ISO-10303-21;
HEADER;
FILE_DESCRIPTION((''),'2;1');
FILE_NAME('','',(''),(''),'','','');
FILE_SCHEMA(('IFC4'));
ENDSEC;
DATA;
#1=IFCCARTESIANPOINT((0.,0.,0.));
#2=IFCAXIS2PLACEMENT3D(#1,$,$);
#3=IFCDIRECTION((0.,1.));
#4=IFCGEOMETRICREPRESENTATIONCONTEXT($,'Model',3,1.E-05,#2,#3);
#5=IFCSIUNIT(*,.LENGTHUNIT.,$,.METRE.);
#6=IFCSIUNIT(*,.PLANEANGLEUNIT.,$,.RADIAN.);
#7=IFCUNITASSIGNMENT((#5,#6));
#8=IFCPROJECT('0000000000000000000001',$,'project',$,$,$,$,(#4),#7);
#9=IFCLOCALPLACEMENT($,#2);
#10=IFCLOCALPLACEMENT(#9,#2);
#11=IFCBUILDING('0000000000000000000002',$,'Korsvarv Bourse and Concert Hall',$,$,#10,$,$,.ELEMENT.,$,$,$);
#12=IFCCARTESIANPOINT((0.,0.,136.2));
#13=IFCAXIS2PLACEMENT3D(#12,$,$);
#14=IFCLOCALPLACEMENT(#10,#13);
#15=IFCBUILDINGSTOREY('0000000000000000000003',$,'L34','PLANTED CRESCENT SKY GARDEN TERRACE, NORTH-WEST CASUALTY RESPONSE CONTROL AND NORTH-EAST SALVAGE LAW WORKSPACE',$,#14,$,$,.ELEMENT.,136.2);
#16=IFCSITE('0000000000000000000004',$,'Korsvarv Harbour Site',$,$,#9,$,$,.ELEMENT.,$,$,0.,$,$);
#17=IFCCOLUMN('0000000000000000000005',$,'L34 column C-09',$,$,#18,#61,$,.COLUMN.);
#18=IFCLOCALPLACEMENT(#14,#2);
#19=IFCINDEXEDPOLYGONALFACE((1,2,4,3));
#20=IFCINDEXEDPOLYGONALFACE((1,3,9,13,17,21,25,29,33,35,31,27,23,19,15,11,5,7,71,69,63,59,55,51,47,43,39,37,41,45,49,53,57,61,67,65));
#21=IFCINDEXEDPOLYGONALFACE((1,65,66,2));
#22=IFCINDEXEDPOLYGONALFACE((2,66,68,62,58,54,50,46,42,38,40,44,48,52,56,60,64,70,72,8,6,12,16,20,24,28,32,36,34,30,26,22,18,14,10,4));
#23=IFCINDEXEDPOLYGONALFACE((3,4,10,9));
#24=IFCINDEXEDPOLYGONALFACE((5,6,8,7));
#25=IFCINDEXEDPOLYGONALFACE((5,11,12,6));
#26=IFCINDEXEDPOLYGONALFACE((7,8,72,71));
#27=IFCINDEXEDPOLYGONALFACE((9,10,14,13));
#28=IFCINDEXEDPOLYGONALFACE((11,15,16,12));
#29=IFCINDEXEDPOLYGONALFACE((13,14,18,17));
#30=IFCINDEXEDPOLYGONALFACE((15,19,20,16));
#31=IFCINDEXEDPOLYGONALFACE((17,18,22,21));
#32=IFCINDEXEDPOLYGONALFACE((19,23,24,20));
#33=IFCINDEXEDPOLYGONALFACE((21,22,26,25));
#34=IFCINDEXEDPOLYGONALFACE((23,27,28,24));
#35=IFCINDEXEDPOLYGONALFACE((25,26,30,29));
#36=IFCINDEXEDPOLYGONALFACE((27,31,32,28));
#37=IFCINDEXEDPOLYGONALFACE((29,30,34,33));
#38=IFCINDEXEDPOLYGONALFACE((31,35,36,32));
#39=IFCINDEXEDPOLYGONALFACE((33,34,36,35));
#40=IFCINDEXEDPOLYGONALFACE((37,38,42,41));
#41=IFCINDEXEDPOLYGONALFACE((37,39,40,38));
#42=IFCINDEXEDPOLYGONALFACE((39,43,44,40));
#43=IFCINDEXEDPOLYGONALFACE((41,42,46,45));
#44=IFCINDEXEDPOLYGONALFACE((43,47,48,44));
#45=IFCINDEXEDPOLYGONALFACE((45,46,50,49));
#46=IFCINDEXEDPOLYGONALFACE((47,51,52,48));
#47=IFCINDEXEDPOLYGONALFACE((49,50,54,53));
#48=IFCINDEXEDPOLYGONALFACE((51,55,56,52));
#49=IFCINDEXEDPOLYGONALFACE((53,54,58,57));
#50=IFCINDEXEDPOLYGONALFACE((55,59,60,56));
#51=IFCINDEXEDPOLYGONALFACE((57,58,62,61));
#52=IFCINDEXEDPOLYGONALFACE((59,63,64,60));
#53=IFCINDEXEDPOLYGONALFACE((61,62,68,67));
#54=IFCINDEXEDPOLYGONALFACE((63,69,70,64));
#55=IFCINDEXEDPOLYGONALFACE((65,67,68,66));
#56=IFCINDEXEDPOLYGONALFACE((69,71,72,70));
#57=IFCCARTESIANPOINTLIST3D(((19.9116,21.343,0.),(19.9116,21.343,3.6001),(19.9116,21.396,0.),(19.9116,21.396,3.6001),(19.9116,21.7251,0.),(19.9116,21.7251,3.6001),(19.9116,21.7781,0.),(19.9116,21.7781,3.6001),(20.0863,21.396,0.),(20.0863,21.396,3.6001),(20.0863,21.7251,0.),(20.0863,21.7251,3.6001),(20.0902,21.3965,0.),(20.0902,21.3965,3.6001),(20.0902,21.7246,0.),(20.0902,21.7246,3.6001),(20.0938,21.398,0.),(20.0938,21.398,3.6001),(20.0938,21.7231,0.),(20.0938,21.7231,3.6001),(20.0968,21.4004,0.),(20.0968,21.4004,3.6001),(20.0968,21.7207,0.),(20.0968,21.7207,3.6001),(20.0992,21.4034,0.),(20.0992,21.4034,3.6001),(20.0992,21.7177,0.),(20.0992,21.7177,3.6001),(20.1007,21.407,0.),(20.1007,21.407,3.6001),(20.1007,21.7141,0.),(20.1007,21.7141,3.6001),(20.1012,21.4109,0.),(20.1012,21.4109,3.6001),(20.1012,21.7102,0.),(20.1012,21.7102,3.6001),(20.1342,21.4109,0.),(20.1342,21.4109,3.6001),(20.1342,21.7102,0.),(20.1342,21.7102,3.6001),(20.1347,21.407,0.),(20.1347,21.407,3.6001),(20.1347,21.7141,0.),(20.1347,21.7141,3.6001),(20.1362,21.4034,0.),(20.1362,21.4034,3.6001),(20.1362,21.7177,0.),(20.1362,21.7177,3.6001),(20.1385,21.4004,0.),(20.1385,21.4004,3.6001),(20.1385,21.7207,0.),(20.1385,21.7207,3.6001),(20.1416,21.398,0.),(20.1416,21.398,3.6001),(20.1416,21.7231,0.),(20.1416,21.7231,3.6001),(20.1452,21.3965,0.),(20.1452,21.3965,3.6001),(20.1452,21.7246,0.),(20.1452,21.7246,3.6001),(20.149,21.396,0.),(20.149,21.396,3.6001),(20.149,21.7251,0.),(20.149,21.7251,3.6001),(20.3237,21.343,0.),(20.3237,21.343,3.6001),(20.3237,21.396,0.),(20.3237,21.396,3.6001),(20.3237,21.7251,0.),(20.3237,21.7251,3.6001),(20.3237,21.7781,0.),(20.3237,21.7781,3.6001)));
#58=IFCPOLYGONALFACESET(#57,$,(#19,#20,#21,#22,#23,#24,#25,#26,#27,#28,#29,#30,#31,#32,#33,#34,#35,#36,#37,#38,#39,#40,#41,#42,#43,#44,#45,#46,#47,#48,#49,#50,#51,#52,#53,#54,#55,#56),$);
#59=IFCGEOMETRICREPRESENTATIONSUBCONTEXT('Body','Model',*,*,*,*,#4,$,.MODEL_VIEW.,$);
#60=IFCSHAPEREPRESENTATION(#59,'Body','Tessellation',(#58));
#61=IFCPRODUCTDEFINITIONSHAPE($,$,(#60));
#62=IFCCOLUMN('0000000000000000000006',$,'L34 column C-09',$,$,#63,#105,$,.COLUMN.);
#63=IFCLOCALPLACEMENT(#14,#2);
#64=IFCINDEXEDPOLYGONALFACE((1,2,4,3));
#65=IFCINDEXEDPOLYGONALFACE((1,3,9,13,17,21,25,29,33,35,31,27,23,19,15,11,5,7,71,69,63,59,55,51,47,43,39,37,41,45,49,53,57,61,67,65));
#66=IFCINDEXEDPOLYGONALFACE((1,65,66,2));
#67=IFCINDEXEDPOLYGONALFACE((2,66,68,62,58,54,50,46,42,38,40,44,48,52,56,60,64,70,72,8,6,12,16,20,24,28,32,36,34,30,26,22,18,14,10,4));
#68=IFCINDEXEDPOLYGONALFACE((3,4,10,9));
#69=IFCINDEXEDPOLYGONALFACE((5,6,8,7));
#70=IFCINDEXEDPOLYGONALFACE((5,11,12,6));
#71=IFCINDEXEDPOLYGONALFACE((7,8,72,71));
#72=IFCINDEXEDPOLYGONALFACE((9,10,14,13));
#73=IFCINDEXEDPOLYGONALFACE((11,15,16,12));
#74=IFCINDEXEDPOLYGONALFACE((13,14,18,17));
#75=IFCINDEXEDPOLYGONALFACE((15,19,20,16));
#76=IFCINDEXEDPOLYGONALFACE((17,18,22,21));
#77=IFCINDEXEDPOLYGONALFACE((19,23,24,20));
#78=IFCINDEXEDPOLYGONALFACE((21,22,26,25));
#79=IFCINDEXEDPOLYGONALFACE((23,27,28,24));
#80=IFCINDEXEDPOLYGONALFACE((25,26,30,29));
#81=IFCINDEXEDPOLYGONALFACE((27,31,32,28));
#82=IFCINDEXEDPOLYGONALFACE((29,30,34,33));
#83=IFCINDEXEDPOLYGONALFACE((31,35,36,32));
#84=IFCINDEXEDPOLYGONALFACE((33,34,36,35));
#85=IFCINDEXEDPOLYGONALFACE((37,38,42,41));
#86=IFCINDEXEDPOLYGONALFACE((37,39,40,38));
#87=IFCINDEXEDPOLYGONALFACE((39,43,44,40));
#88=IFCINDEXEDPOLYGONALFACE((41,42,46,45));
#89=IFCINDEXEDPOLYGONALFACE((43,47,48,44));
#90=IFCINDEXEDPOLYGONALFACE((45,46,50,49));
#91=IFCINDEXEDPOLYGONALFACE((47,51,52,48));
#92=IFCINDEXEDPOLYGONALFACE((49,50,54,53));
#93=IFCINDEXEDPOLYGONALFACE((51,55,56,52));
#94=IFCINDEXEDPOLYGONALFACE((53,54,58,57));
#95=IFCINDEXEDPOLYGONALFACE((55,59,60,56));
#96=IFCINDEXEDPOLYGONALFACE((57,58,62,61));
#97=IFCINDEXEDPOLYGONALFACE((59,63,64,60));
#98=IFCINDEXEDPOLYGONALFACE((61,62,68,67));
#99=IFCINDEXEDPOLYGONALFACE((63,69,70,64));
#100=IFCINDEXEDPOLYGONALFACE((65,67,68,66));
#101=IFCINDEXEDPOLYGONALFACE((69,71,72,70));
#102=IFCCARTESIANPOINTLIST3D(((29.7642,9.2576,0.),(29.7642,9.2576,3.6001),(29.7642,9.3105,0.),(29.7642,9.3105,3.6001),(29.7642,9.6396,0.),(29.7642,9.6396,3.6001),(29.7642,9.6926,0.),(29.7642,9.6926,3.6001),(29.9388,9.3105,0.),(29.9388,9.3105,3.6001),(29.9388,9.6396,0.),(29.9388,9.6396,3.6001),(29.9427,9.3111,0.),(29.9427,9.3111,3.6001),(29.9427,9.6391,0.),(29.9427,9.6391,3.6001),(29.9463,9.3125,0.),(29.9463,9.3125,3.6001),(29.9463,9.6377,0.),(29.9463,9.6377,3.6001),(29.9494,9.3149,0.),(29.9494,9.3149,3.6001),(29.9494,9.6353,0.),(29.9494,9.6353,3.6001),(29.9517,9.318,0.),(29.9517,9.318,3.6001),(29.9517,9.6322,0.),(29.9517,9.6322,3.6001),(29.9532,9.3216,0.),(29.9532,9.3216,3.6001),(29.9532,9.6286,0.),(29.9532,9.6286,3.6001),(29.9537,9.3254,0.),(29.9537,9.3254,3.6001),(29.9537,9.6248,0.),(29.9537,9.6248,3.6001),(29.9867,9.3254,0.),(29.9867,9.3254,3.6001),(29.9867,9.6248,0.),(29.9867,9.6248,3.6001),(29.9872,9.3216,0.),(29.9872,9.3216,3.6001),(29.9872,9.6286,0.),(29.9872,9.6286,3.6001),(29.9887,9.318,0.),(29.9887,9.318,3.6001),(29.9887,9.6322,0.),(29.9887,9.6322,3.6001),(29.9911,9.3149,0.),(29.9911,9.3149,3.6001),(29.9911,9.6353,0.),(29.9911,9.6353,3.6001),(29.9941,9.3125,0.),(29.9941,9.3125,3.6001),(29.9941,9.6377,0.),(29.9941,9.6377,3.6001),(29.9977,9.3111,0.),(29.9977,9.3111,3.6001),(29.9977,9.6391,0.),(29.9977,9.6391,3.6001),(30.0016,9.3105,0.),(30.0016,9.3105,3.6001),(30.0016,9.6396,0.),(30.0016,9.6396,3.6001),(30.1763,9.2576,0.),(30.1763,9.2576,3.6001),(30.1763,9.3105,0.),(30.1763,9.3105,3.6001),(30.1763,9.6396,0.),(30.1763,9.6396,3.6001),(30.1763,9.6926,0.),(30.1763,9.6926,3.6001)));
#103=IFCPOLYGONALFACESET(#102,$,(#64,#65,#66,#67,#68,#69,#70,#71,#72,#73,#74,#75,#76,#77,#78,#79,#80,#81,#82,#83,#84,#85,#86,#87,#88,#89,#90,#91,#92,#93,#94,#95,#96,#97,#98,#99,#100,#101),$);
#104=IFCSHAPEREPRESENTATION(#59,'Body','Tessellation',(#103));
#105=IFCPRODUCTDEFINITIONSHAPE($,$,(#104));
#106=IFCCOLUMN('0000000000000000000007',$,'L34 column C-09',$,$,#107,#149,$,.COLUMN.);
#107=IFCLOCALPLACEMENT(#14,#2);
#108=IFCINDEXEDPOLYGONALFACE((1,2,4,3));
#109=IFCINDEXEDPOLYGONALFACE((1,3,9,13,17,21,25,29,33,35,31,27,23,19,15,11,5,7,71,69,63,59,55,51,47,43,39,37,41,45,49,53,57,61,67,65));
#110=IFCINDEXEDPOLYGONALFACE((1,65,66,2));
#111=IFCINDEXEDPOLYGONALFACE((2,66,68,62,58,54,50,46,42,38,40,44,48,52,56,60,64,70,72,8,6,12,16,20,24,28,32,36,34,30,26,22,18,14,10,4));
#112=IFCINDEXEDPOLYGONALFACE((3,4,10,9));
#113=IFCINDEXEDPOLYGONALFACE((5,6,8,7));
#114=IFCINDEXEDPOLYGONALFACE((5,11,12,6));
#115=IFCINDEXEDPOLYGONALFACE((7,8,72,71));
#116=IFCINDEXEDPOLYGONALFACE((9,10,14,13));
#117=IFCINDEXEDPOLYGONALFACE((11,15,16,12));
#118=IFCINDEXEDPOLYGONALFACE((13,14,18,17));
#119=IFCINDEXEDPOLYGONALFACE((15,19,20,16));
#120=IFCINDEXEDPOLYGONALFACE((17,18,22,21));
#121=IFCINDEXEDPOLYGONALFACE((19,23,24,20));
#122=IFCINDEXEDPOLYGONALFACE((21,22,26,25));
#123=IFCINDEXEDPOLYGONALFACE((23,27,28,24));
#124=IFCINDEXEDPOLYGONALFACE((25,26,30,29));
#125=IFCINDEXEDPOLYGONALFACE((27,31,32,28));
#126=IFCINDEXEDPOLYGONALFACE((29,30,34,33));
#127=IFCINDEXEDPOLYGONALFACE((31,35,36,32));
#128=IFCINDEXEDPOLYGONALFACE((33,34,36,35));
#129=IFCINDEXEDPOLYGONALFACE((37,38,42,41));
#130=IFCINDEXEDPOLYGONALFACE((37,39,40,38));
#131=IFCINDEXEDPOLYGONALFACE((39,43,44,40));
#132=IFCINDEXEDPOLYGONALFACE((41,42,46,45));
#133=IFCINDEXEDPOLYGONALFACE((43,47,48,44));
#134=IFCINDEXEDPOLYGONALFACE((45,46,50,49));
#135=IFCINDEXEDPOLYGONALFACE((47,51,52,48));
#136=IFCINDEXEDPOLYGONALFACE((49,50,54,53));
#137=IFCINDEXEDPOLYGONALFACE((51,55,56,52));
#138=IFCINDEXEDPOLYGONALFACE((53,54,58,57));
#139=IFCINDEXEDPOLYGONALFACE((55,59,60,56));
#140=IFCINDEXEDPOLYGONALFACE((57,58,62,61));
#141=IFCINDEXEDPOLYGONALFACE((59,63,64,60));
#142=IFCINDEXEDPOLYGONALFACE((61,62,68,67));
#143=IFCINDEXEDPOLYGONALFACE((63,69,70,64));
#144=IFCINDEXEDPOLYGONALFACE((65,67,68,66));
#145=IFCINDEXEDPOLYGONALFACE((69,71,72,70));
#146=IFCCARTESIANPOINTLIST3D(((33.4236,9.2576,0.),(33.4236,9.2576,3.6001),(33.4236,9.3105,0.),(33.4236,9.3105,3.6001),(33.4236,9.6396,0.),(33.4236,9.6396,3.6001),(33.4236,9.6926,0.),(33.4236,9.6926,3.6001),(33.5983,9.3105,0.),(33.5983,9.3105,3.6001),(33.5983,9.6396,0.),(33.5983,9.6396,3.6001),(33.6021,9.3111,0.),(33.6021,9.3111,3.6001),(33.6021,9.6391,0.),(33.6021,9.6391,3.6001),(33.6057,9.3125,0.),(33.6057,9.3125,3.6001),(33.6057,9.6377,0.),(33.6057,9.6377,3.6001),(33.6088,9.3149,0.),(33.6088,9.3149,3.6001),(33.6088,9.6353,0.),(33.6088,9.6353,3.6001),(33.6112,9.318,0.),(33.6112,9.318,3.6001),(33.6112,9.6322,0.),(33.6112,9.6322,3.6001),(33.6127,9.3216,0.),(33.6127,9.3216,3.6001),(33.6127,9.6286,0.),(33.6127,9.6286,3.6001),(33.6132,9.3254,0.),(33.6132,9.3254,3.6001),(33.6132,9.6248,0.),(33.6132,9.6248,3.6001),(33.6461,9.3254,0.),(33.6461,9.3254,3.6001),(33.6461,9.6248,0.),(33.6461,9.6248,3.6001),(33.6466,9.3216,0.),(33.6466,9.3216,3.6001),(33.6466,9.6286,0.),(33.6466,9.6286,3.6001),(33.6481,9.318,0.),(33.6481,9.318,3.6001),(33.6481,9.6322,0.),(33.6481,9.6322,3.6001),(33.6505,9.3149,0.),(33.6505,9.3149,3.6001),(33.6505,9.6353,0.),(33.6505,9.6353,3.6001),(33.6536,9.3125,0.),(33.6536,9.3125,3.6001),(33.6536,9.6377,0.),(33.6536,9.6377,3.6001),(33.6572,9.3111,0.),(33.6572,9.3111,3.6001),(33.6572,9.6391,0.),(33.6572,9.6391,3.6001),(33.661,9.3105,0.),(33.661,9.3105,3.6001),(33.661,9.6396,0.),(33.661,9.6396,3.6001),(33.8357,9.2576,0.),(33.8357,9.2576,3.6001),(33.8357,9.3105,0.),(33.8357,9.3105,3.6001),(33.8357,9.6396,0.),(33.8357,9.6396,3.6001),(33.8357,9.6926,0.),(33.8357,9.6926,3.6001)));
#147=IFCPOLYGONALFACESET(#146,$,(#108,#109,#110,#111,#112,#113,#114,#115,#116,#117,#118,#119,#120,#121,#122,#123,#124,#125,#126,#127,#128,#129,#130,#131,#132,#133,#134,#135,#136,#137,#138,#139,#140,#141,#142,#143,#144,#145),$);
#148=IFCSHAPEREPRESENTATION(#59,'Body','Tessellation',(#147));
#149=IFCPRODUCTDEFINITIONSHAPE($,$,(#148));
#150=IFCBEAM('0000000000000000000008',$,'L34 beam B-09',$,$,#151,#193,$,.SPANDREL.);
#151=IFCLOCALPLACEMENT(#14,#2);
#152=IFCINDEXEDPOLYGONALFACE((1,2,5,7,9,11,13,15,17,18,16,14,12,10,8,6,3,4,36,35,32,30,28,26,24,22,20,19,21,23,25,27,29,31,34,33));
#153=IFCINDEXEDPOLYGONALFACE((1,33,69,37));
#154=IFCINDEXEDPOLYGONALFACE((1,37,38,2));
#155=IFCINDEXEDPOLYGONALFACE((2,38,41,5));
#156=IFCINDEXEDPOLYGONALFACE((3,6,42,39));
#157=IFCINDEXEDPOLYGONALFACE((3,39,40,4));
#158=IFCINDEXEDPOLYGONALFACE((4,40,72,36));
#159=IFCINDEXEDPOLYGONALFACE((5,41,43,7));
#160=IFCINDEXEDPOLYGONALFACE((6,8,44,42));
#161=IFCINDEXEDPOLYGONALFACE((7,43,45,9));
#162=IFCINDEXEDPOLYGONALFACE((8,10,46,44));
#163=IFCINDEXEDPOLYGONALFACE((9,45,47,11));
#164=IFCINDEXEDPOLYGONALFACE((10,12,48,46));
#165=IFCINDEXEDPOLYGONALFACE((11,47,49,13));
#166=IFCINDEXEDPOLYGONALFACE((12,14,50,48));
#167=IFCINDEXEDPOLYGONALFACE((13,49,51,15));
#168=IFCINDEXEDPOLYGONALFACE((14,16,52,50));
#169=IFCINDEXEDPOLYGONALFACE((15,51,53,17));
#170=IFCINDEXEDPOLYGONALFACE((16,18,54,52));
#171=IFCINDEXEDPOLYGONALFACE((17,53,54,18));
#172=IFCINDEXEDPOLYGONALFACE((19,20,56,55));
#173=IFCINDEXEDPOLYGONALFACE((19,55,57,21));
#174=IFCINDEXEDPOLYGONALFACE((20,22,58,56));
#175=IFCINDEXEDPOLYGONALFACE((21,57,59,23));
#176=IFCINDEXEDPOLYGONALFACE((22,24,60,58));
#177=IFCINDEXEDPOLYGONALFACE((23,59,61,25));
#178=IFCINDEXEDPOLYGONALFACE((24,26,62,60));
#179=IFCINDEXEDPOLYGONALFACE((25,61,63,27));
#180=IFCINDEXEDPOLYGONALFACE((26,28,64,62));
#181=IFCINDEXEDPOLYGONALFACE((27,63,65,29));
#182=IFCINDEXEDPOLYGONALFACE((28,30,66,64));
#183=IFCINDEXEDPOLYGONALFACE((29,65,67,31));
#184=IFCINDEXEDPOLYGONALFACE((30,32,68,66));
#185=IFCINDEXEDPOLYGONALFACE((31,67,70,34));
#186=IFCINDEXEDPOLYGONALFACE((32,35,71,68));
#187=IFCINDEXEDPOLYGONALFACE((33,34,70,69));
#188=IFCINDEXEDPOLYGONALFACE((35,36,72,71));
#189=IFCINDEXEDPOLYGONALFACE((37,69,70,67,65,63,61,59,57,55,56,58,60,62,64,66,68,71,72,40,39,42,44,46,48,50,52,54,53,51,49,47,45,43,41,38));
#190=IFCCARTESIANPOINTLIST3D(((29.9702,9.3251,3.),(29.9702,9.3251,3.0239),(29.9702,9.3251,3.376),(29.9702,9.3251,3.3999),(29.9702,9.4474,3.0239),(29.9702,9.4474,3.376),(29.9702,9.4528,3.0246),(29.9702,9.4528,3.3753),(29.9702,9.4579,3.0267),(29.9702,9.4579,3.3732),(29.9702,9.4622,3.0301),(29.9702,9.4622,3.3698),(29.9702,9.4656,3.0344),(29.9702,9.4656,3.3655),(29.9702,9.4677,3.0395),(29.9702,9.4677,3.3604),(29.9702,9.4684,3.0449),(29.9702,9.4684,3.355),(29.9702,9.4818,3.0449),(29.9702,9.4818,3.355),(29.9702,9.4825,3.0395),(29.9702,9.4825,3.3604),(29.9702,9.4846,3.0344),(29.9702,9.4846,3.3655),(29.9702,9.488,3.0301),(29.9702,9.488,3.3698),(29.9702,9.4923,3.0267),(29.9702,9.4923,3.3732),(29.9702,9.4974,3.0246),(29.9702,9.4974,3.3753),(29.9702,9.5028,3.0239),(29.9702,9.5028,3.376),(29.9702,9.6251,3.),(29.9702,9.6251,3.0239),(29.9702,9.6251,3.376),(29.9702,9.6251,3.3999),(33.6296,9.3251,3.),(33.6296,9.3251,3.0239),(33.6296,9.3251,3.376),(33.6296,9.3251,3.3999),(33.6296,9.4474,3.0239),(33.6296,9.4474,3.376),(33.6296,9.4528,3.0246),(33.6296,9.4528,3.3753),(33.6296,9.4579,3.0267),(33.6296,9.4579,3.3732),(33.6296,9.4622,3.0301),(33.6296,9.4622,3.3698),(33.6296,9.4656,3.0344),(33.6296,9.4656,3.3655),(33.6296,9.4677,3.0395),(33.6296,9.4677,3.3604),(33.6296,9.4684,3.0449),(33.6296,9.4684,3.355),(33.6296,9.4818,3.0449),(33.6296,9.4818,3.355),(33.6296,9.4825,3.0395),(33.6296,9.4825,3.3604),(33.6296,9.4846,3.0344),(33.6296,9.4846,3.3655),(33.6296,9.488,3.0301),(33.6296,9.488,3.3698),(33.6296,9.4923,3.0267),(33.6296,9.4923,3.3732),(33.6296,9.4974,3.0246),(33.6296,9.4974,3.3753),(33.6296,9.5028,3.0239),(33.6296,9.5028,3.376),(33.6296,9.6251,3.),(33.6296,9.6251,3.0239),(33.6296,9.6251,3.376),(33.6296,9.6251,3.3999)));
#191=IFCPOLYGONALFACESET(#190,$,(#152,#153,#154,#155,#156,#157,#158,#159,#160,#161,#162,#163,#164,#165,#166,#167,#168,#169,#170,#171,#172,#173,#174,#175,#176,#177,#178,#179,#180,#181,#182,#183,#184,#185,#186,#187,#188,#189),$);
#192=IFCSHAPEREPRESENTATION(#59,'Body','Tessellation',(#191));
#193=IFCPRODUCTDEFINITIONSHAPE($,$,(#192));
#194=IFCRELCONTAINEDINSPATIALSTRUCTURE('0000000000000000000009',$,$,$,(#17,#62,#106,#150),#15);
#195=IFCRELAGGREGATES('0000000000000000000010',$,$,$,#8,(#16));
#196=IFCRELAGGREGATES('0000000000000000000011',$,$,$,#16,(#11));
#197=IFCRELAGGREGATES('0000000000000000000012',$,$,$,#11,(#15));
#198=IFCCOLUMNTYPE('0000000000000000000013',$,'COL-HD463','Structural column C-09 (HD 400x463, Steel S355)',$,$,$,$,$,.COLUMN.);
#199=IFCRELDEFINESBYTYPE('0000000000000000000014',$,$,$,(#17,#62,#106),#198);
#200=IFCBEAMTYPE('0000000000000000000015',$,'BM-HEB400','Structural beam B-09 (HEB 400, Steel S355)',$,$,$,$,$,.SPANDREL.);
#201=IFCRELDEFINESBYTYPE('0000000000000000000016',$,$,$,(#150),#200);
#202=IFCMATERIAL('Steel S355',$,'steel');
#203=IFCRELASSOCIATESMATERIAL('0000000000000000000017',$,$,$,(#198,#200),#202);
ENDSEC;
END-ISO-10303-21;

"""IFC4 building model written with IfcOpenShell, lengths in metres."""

from ifc_helpers import new_model, si_unit, direction, frame, origin, origin_2d, place, context, subcontext, project, spatial, i_section, extrude, source, transform, mapped, material, material_profile, profile_set, type_object, element, save


model = new_model("IFC4")

# Units and contexts
model_context = context("Model", 3, precision=1e-05, world=origin(), true_north=direction((0.0, 1.0)))
body_context = subcontext(model_context, "Body", "Model", "MODEL_VIEW")
ifc_project = project(units=[si_unit("LENGTHUNIT", "METRE"), si_unit("PLANEANGLEUNIT", "RADIAN")], contexts=[model_context])

# Site, building, storey
site_placement = place(None, origin())
site = spatial("IfcSite", under=ifc_project, at=site_placement, Name="Korsvarv Harbour Site", CompositionType="ELEMENT", RefElevation=0.0)
building_placement = place(site_placement, origin())
building = spatial("IfcBuilding", under=site, at=building_placement, Name="Korsvarv Bourse and Concert Hall", CompositionType="ELEMENT")
storey_placement = place(building_placement, frame((0.0, 0.0, 136.2)))
storey = spatial("IfcBuildingStorey", under=building, at=storey_placement, Name="L34", Description="PLANTED CRESCENT SKY GARDEN TERRACE, NORTH-WEST CASUALTY RESPONSE CONTROL AND NORTH-EAST SALVAGE LAW WORKSPACE", CompositionType="ELEMENT", Elevation=136.2)

# Columns
ifc_material_1 = material(Name="Steel S355", Category="steel")
ifc_material_profile_1 = material_profile(ifc_material_1, i_section(OverallWidth=0.4121, OverallDepth=0.4351, WebThickness=0.033, FlangeThickness=0.053, FilletRadius=0.0149, at=origin_2d()), Name="HD 400x463")
ifc_profile_set_1 = profile_set([ifc_material_profile_1], Name="Steel S355")
column_type = type_object("IfcColumnType", Name="COL-HD463", Description="Structural column C-09 (HD 400x463, Steel S355)", PredefinedType="COLUMN", material=ifc_profile_set_1)
shared_shape_1 = source(origin(), body_context, "Body", "SweptSolid", [
    extrude(i_section(OverallWidth=0.4121, OverallDepth=0.4351, WebThickness=0.033, FlangeThickness=0.053, FilletRadius=0.0149, at=origin_2d()), origin(), (0.0, 0.0, 1.0), 3.6001),
])
for number, where, z_axis, x_axis, name in (
    (1, (20.1177, 21.5605, 0.0), (0.0, 0.0, 1.0), (1.0, 0.0, 0.0), "L34 column C-09"),
    (2, (29.9702, 9.4751, 0.0), (0.0, 0.0, 1.0), (1.0, 0.0, 0.0), "L34 column C-09"),
    (3, (33.6296, 9.4751, 0.0), (0.0, 0.0, 1.0), (1.0, 0.0, 0.0), "L34 column C-09"),
):
    element("IfcColumn", number, at=place(storey_placement, frame(where, z_axis=z_axis, x_axis=x_axis)), inside=storey, type_object=column_type, Name=name, PredefinedType="COLUMN", context=body_context, shape_type="MappedRepresentation", body=[
        mapped(shared_shape_1, transform((0.0, 0.0, 0.0), scale=1.0)),
    ])

# Beam
ifc_material_profile_2 = material_profile(ifc_material_1, i_section(OverallWidth=0.3, OverallDepth=0.3999, WebThickness=0.0134, FlangeThickness=0.0239, FilletRadius=0.021, at=origin_2d()), Name="HEB 400")
ifc_profile_set_2 = profile_set([ifc_material_profile_2], Name="Steel S355")
beam_type_1 = type_object("IfcBeamType", Name="BM-HEB400", Description="Structural beam B-09 (HEB 400, Steel S355)", PredefinedType="SPANDREL", material=ifc_profile_set_2)
shared_shape_2 = source(origin(), body_context, "Body", "SweptSolid", [
    extrude(i_section(OverallWidth=0.3, OverallDepth=0.3999, WebThickness=0.0134, FlangeThickness=0.0239, FilletRadius=0.021, at=origin_2d()), origin(), (0.0, 0.0, 1.0), 3.6594),
])
beam_1_placement = place(storey_placement, frame((29.9702, 9.4751, 3.2), z_axis=(1.0, 0.0, 0.0), x_axis=(0.0, 1.0, 0.0)))
element("IfcBeam", 4, at=beam_1_placement, inside=storey, type_object=beam_type_1, Name="L34 beam B-09", PredefinedType="SPANDREL", context=body_context, shape_type="MappedRepresentation", body=[
    mapped(shared_shape_2, transform((0.0, 0.0, 0.0), scale=1.0)),
])

save(model, "model.ifc")
